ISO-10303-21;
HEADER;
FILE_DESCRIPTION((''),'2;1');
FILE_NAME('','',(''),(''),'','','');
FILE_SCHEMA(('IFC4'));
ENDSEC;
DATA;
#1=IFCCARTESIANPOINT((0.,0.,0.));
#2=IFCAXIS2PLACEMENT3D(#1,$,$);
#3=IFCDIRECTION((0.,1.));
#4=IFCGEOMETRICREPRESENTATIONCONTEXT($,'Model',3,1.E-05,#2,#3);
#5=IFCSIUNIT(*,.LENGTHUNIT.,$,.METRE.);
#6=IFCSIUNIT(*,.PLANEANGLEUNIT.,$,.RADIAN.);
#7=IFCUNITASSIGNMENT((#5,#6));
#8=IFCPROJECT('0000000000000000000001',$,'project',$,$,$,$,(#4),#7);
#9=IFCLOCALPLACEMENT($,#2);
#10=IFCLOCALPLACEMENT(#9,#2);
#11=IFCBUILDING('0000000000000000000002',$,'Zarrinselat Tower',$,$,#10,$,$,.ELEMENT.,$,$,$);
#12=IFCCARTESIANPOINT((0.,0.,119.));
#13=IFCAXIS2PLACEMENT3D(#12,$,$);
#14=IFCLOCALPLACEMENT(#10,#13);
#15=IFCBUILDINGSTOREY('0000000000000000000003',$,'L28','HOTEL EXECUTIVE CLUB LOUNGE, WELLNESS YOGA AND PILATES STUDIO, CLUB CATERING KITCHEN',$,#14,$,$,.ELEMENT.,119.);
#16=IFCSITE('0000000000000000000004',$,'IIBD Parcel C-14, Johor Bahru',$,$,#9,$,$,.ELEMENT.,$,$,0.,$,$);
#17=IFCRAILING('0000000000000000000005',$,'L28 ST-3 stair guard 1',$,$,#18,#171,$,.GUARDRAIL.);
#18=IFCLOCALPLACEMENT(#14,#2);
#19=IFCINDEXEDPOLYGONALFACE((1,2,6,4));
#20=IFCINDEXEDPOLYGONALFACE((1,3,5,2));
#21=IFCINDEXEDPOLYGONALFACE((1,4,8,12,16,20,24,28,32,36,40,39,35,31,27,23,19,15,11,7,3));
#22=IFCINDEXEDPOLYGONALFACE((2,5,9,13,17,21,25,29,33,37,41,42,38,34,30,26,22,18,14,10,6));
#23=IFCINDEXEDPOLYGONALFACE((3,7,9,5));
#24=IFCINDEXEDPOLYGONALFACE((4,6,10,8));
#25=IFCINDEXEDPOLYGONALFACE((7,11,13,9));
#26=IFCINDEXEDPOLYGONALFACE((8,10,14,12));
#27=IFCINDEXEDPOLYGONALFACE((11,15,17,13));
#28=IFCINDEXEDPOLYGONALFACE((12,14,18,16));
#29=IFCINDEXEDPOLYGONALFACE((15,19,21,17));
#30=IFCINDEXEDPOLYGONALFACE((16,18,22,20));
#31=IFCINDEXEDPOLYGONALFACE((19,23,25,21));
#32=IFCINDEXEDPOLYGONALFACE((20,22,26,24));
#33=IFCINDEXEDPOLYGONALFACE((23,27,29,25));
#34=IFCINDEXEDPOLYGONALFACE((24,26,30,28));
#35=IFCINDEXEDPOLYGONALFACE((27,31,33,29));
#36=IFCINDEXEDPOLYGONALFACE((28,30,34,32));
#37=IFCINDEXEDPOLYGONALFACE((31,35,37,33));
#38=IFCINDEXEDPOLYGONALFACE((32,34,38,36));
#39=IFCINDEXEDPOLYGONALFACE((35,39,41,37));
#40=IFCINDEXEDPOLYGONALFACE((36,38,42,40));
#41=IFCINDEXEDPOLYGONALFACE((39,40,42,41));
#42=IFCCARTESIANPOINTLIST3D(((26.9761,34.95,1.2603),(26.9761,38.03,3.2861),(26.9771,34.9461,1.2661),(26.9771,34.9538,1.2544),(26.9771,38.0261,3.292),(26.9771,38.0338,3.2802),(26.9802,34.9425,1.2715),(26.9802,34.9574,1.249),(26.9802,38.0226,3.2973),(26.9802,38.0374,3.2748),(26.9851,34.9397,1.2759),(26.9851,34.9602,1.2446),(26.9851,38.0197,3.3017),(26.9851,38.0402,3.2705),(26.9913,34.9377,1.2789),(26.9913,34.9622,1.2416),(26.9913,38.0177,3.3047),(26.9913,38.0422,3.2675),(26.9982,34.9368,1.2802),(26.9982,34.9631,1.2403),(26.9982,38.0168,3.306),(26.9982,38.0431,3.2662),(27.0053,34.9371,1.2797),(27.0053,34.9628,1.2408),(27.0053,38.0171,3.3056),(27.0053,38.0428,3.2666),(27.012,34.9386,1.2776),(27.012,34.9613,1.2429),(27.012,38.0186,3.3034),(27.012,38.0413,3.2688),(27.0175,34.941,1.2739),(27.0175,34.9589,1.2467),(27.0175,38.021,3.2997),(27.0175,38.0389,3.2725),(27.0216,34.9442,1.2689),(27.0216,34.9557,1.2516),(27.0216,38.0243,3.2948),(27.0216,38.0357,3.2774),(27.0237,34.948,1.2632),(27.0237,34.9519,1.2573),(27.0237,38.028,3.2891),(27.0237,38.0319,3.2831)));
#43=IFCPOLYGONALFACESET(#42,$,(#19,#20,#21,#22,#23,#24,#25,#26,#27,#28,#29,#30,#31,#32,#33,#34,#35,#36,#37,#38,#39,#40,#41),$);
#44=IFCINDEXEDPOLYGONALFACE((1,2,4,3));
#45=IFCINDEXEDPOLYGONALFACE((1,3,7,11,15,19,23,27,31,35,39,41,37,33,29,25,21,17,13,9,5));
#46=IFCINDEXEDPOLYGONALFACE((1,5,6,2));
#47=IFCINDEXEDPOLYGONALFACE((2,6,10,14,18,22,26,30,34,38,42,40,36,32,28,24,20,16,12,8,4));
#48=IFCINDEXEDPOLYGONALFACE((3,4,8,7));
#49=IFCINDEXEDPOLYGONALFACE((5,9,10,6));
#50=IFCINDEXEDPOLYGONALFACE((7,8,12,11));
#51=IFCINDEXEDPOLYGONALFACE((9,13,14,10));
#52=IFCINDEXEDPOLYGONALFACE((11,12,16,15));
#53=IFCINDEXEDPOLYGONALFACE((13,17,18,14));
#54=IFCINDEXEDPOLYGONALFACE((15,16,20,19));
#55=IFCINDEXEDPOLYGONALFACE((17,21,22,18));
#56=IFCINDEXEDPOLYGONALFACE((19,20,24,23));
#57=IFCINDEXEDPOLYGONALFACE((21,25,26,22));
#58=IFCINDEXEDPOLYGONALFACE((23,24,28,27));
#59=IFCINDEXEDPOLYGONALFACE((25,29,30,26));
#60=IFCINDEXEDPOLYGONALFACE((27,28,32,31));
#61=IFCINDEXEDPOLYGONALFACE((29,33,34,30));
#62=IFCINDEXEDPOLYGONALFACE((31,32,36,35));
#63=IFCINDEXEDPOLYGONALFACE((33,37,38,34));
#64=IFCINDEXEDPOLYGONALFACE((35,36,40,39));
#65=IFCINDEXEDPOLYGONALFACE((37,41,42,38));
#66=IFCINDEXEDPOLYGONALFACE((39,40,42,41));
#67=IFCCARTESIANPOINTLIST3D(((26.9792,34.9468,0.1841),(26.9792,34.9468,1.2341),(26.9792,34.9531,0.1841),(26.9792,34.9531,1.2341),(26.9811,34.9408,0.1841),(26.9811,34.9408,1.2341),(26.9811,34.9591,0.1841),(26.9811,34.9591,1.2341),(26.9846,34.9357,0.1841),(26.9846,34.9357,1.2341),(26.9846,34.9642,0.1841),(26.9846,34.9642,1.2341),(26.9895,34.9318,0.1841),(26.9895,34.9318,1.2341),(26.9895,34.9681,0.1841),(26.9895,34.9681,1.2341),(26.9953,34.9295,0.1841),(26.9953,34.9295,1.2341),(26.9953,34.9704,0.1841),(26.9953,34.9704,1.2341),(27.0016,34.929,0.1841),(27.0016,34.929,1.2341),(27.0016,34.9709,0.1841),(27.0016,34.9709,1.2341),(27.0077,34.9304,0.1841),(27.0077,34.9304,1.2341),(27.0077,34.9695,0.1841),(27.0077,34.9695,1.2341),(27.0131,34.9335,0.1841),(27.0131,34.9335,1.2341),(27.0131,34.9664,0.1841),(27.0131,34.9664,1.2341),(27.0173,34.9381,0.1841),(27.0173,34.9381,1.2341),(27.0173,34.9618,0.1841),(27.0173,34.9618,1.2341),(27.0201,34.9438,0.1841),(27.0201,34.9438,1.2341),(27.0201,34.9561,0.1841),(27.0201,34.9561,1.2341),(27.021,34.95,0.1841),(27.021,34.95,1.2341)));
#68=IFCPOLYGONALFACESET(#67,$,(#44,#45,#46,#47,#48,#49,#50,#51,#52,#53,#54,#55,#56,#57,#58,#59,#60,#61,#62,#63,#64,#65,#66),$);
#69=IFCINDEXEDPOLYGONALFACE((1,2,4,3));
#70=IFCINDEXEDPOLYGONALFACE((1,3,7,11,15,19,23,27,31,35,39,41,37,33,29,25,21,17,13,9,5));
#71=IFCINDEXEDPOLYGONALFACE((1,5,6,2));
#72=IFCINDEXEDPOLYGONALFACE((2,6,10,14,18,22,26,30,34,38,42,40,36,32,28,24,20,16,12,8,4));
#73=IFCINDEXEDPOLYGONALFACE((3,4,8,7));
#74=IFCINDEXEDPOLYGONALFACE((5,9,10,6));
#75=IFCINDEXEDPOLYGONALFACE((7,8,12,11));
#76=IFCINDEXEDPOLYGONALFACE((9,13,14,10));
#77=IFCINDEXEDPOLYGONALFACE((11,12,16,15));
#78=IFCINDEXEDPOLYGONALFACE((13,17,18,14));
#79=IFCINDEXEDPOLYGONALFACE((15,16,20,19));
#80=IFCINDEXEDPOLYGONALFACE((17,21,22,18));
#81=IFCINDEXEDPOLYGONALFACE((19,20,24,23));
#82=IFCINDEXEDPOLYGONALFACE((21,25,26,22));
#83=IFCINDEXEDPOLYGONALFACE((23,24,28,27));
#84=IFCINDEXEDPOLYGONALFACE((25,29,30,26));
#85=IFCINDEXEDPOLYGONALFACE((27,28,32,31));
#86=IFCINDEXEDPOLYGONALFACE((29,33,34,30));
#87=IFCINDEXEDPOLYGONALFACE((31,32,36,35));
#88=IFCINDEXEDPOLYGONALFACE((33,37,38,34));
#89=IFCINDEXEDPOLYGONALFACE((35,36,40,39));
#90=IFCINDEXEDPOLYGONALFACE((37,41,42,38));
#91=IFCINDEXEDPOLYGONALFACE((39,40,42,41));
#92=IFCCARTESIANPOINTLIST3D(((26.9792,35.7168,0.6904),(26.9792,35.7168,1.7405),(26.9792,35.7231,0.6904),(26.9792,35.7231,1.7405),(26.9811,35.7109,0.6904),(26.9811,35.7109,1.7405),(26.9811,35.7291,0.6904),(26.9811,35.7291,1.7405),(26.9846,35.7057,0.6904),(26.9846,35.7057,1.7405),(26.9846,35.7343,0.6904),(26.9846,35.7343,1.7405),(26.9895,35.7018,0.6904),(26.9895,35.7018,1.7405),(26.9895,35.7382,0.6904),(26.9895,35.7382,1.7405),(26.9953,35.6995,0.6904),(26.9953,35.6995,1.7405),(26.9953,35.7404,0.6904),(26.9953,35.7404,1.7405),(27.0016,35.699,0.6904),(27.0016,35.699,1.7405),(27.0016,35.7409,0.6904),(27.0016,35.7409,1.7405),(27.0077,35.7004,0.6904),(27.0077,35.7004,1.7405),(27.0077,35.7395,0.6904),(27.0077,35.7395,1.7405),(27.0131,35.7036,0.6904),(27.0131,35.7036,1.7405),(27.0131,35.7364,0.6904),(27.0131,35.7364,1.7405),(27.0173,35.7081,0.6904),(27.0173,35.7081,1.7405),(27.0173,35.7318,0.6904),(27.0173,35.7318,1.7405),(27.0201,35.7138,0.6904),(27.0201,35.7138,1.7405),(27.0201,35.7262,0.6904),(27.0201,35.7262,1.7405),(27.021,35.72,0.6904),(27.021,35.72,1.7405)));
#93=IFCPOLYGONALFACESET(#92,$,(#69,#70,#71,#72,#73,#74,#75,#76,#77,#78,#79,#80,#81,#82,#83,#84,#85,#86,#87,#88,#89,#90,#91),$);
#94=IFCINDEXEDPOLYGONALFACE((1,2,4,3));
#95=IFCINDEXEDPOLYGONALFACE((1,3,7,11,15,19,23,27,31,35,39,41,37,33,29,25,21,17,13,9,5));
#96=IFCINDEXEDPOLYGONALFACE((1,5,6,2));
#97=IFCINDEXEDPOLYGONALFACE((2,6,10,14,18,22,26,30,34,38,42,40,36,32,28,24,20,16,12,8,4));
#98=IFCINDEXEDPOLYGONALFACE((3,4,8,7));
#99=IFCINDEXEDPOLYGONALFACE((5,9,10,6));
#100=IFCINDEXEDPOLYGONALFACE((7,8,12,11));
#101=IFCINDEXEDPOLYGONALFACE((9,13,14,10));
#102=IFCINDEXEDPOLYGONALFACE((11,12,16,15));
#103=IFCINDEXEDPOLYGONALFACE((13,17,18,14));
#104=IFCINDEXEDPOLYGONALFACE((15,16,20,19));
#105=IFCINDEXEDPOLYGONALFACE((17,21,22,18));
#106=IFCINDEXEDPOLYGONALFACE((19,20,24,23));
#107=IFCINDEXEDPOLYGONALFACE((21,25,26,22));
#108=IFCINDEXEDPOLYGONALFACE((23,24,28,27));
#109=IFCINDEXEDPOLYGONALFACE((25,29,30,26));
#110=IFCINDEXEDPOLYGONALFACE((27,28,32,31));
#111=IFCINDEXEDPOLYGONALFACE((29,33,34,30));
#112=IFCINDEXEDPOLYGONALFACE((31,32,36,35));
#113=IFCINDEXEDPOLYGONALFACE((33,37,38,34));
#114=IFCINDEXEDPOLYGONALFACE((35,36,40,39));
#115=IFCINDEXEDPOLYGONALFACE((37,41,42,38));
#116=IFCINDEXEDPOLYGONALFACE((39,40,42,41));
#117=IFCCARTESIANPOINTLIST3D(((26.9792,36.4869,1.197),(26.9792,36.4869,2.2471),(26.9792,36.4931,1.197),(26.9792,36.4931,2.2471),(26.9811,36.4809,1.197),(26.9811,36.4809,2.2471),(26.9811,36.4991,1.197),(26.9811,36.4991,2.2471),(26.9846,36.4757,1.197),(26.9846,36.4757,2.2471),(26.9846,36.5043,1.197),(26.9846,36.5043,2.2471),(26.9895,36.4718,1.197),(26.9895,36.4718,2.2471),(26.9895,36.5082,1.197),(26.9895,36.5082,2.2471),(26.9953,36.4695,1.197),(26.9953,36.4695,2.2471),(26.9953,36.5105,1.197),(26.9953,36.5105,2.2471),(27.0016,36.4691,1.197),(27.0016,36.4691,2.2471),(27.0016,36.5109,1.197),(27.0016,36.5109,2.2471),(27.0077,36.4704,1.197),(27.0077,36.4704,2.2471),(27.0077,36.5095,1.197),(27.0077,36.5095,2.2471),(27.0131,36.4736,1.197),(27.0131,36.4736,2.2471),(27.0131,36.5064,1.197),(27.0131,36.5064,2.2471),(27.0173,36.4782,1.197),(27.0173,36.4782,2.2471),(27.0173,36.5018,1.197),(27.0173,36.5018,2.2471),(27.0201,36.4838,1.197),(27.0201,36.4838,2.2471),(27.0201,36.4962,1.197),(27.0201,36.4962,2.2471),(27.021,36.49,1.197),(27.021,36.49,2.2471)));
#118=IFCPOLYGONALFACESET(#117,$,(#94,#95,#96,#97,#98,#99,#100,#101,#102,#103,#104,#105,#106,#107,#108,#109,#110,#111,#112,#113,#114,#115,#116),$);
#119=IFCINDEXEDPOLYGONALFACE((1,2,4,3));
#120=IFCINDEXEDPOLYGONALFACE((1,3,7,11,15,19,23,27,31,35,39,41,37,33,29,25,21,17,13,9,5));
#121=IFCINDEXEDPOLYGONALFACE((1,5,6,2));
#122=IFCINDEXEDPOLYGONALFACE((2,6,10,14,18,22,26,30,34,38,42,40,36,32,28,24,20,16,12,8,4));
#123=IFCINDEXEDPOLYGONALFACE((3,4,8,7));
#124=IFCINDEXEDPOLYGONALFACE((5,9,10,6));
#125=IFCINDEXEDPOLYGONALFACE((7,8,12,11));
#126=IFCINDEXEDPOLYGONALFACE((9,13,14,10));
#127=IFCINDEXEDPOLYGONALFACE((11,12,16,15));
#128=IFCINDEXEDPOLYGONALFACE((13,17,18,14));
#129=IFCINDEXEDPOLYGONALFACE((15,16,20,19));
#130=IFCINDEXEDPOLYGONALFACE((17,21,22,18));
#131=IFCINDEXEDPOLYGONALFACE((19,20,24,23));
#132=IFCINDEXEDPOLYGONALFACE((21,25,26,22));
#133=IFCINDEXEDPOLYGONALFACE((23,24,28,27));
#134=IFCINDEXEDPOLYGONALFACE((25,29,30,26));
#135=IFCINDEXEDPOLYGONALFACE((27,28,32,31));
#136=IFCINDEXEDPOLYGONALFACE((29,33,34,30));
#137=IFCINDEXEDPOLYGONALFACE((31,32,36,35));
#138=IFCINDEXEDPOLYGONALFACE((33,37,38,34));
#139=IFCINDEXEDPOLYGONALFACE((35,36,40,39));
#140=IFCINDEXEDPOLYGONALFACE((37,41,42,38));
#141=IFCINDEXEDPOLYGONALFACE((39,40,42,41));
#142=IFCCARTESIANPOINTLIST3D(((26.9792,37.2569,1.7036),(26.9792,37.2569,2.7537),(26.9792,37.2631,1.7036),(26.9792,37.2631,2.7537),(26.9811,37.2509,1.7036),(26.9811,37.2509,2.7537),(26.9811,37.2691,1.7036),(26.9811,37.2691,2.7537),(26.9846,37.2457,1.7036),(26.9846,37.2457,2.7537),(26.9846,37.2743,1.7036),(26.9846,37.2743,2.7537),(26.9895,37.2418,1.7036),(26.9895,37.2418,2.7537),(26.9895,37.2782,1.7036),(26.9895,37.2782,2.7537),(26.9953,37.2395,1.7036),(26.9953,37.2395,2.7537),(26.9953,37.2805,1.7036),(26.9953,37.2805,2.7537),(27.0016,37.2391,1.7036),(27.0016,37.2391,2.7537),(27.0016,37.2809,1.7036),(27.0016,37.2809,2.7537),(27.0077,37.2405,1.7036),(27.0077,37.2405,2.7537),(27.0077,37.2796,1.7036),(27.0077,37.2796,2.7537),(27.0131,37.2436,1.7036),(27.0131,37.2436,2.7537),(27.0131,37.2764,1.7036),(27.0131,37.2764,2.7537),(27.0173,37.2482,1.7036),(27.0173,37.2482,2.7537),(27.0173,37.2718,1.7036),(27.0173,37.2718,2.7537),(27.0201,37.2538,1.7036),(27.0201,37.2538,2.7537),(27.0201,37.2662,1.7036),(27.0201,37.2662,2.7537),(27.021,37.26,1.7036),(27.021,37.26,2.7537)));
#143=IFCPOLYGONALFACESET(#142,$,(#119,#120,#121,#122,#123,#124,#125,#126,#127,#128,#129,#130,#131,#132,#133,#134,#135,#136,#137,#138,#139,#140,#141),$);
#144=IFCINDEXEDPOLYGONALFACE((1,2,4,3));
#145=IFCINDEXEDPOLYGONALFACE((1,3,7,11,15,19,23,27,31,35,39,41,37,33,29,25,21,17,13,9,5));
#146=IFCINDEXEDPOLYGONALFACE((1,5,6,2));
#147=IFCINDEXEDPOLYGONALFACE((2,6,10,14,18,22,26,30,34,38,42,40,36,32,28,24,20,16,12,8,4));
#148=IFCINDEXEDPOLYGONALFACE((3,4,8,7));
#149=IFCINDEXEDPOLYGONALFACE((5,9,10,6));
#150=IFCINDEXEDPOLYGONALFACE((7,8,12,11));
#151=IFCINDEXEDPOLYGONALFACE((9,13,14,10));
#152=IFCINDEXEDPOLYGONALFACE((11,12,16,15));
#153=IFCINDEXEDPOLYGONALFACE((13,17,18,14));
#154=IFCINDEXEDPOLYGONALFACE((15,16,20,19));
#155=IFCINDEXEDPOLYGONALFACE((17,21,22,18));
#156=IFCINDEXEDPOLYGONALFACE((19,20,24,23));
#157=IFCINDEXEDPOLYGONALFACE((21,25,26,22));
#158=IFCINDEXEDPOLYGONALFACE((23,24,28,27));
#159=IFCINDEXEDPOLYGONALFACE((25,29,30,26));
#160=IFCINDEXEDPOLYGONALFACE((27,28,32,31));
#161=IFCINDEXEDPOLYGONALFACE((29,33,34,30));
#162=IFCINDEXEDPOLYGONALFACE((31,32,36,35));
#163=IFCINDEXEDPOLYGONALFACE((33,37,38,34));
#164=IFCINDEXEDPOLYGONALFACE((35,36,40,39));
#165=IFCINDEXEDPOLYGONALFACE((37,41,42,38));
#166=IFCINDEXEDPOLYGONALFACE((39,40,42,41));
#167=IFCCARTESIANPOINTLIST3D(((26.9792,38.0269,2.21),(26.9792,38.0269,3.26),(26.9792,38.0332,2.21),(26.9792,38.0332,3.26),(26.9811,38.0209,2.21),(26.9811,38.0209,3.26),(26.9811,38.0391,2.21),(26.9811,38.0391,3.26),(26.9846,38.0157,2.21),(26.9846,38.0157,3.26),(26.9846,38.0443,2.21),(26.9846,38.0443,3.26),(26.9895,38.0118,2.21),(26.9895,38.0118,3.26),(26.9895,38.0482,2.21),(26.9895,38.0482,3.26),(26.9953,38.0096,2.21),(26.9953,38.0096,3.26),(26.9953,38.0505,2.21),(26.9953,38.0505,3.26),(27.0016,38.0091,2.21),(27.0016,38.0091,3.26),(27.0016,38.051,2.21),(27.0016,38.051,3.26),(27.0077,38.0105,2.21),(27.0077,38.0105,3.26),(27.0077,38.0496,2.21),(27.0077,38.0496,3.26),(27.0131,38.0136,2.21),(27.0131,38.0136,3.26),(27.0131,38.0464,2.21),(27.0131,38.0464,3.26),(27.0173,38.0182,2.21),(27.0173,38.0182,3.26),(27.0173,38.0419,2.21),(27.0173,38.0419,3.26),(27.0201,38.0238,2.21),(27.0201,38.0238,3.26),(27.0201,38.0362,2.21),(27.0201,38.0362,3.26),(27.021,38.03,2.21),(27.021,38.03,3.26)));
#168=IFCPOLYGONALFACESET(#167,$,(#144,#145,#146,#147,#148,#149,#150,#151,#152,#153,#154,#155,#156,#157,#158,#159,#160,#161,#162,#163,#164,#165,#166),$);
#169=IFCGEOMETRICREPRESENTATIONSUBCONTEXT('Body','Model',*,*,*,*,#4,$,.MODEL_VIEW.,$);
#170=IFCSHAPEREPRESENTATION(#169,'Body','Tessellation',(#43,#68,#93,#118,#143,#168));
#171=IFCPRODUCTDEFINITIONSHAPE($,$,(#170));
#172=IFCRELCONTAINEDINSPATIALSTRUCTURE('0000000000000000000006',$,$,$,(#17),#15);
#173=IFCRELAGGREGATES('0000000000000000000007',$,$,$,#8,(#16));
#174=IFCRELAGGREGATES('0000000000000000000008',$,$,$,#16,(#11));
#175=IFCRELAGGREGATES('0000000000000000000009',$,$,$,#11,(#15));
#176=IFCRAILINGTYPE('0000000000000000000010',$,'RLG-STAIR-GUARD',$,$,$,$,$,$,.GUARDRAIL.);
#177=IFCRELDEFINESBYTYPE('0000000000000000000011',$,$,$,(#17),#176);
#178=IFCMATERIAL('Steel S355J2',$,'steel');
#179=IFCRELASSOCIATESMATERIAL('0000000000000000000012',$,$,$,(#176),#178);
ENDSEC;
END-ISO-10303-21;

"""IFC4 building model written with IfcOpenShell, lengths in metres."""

from ifc_helpers import new_model, si_unit, direction, frame, origin, origin_2d, place, context, subcontext, project, spatial, circle, extrude, material, type_object, element, save


model = new_model("IFC4")

# Units and contexts
model_context = context("Model", 3, precision=1e-05, world=origin(), true_north=direction((0.0, 1.0)))
body_context = subcontext(model_context, "Body", "Model", "MODEL_VIEW")
ifc_project = project(units=[si_unit("LENGTHUNIT", "METRE"), si_unit("PLANEANGLEUNIT", "RADIAN")], contexts=[model_context])

# Site, building, storey
site_placement = place(None, origin())
site = spatial("IfcSite", under=ifc_project, at=site_placement, Name="IIBD Parcel C-14, Johor Bahru", CompositionType="ELEMENT", RefElevation=0.0)
building_placement = place(site_placement, origin())
building = spatial("IfcBuilding", under=site, at=building_placement, Name="Zarrinselat Tower", CompositionType="ELEMENT")
storey_placement = place(building_placement, frame((0.0, 0.0, 119.0)))
storey = spatial("IfcBuildingStorey", under=building, at=storey_placement, Name="L28", Description="HOTEL EXECUTIVE CLUB LOUNGE, WELLNESS YOGA AND PILATES STUDIO, CLUB CATERING KITCHEN", CompositionType="ELEMENT", Elevation=119.0)

# Railing
ifc_material_1 = material(Name="Steel S355J2", Category="steel")
railing_type_1 = type_object("IfcRailingType", Name="RLG-STAIR-GUARD", PredefinedType="GUARDRAIL", material=ifc_material_1)
railing_1_placement = place(storey_placement, frame((27.0, 34.95, 0.1841)))
element("IfcRailing", 1, at=railing_1_placement, inside=storey, type_object=railing_type_1, Name="L28 ST-3 stair guard 1", PredefinedType="GUARDRAIL", context=body_context, shape_type="SweptSolid", body=[
    extrude(circle(Radius=0.0239, at=origin_2d()), frame((0.0, 0.0, 1.0762), z_axis=(0.0, 0.835478, 0.549524), x_axis=(-1.0, 0.0, 0.0)), (0.0, 0.0, 1.0), 3.6865),
    extrude(circle(Radius=0.021, at=origin_2d()), origin(), (0.0, 0.0, 1.0), 1.05),
    extrude(circle(Radius=0.021, at=origin_2d()), frame((0.0, 0.77, 0.5063)), (0.0, 0.0, 1.0), 1.05),
    extrude(circle(Radius=0.021, at=origin_2d()), frame((0.0, 1.54, 1.0129)), (0.0, 0.0, 1.0), 1.05),
    extrude(circle(Radius=0.021, at=origin_2d()), frame((0.0, 2.3101, 1.5195)), (0.0, 0.0, 1.0), 1.05),
    extrude(circle(Radius=0.021, at=origin_2d()), frame((0.0, 3.0801, 2.0259)), (0.0, 0.0, 1.0), 1.05),
])

save(model, "model.ifc")
